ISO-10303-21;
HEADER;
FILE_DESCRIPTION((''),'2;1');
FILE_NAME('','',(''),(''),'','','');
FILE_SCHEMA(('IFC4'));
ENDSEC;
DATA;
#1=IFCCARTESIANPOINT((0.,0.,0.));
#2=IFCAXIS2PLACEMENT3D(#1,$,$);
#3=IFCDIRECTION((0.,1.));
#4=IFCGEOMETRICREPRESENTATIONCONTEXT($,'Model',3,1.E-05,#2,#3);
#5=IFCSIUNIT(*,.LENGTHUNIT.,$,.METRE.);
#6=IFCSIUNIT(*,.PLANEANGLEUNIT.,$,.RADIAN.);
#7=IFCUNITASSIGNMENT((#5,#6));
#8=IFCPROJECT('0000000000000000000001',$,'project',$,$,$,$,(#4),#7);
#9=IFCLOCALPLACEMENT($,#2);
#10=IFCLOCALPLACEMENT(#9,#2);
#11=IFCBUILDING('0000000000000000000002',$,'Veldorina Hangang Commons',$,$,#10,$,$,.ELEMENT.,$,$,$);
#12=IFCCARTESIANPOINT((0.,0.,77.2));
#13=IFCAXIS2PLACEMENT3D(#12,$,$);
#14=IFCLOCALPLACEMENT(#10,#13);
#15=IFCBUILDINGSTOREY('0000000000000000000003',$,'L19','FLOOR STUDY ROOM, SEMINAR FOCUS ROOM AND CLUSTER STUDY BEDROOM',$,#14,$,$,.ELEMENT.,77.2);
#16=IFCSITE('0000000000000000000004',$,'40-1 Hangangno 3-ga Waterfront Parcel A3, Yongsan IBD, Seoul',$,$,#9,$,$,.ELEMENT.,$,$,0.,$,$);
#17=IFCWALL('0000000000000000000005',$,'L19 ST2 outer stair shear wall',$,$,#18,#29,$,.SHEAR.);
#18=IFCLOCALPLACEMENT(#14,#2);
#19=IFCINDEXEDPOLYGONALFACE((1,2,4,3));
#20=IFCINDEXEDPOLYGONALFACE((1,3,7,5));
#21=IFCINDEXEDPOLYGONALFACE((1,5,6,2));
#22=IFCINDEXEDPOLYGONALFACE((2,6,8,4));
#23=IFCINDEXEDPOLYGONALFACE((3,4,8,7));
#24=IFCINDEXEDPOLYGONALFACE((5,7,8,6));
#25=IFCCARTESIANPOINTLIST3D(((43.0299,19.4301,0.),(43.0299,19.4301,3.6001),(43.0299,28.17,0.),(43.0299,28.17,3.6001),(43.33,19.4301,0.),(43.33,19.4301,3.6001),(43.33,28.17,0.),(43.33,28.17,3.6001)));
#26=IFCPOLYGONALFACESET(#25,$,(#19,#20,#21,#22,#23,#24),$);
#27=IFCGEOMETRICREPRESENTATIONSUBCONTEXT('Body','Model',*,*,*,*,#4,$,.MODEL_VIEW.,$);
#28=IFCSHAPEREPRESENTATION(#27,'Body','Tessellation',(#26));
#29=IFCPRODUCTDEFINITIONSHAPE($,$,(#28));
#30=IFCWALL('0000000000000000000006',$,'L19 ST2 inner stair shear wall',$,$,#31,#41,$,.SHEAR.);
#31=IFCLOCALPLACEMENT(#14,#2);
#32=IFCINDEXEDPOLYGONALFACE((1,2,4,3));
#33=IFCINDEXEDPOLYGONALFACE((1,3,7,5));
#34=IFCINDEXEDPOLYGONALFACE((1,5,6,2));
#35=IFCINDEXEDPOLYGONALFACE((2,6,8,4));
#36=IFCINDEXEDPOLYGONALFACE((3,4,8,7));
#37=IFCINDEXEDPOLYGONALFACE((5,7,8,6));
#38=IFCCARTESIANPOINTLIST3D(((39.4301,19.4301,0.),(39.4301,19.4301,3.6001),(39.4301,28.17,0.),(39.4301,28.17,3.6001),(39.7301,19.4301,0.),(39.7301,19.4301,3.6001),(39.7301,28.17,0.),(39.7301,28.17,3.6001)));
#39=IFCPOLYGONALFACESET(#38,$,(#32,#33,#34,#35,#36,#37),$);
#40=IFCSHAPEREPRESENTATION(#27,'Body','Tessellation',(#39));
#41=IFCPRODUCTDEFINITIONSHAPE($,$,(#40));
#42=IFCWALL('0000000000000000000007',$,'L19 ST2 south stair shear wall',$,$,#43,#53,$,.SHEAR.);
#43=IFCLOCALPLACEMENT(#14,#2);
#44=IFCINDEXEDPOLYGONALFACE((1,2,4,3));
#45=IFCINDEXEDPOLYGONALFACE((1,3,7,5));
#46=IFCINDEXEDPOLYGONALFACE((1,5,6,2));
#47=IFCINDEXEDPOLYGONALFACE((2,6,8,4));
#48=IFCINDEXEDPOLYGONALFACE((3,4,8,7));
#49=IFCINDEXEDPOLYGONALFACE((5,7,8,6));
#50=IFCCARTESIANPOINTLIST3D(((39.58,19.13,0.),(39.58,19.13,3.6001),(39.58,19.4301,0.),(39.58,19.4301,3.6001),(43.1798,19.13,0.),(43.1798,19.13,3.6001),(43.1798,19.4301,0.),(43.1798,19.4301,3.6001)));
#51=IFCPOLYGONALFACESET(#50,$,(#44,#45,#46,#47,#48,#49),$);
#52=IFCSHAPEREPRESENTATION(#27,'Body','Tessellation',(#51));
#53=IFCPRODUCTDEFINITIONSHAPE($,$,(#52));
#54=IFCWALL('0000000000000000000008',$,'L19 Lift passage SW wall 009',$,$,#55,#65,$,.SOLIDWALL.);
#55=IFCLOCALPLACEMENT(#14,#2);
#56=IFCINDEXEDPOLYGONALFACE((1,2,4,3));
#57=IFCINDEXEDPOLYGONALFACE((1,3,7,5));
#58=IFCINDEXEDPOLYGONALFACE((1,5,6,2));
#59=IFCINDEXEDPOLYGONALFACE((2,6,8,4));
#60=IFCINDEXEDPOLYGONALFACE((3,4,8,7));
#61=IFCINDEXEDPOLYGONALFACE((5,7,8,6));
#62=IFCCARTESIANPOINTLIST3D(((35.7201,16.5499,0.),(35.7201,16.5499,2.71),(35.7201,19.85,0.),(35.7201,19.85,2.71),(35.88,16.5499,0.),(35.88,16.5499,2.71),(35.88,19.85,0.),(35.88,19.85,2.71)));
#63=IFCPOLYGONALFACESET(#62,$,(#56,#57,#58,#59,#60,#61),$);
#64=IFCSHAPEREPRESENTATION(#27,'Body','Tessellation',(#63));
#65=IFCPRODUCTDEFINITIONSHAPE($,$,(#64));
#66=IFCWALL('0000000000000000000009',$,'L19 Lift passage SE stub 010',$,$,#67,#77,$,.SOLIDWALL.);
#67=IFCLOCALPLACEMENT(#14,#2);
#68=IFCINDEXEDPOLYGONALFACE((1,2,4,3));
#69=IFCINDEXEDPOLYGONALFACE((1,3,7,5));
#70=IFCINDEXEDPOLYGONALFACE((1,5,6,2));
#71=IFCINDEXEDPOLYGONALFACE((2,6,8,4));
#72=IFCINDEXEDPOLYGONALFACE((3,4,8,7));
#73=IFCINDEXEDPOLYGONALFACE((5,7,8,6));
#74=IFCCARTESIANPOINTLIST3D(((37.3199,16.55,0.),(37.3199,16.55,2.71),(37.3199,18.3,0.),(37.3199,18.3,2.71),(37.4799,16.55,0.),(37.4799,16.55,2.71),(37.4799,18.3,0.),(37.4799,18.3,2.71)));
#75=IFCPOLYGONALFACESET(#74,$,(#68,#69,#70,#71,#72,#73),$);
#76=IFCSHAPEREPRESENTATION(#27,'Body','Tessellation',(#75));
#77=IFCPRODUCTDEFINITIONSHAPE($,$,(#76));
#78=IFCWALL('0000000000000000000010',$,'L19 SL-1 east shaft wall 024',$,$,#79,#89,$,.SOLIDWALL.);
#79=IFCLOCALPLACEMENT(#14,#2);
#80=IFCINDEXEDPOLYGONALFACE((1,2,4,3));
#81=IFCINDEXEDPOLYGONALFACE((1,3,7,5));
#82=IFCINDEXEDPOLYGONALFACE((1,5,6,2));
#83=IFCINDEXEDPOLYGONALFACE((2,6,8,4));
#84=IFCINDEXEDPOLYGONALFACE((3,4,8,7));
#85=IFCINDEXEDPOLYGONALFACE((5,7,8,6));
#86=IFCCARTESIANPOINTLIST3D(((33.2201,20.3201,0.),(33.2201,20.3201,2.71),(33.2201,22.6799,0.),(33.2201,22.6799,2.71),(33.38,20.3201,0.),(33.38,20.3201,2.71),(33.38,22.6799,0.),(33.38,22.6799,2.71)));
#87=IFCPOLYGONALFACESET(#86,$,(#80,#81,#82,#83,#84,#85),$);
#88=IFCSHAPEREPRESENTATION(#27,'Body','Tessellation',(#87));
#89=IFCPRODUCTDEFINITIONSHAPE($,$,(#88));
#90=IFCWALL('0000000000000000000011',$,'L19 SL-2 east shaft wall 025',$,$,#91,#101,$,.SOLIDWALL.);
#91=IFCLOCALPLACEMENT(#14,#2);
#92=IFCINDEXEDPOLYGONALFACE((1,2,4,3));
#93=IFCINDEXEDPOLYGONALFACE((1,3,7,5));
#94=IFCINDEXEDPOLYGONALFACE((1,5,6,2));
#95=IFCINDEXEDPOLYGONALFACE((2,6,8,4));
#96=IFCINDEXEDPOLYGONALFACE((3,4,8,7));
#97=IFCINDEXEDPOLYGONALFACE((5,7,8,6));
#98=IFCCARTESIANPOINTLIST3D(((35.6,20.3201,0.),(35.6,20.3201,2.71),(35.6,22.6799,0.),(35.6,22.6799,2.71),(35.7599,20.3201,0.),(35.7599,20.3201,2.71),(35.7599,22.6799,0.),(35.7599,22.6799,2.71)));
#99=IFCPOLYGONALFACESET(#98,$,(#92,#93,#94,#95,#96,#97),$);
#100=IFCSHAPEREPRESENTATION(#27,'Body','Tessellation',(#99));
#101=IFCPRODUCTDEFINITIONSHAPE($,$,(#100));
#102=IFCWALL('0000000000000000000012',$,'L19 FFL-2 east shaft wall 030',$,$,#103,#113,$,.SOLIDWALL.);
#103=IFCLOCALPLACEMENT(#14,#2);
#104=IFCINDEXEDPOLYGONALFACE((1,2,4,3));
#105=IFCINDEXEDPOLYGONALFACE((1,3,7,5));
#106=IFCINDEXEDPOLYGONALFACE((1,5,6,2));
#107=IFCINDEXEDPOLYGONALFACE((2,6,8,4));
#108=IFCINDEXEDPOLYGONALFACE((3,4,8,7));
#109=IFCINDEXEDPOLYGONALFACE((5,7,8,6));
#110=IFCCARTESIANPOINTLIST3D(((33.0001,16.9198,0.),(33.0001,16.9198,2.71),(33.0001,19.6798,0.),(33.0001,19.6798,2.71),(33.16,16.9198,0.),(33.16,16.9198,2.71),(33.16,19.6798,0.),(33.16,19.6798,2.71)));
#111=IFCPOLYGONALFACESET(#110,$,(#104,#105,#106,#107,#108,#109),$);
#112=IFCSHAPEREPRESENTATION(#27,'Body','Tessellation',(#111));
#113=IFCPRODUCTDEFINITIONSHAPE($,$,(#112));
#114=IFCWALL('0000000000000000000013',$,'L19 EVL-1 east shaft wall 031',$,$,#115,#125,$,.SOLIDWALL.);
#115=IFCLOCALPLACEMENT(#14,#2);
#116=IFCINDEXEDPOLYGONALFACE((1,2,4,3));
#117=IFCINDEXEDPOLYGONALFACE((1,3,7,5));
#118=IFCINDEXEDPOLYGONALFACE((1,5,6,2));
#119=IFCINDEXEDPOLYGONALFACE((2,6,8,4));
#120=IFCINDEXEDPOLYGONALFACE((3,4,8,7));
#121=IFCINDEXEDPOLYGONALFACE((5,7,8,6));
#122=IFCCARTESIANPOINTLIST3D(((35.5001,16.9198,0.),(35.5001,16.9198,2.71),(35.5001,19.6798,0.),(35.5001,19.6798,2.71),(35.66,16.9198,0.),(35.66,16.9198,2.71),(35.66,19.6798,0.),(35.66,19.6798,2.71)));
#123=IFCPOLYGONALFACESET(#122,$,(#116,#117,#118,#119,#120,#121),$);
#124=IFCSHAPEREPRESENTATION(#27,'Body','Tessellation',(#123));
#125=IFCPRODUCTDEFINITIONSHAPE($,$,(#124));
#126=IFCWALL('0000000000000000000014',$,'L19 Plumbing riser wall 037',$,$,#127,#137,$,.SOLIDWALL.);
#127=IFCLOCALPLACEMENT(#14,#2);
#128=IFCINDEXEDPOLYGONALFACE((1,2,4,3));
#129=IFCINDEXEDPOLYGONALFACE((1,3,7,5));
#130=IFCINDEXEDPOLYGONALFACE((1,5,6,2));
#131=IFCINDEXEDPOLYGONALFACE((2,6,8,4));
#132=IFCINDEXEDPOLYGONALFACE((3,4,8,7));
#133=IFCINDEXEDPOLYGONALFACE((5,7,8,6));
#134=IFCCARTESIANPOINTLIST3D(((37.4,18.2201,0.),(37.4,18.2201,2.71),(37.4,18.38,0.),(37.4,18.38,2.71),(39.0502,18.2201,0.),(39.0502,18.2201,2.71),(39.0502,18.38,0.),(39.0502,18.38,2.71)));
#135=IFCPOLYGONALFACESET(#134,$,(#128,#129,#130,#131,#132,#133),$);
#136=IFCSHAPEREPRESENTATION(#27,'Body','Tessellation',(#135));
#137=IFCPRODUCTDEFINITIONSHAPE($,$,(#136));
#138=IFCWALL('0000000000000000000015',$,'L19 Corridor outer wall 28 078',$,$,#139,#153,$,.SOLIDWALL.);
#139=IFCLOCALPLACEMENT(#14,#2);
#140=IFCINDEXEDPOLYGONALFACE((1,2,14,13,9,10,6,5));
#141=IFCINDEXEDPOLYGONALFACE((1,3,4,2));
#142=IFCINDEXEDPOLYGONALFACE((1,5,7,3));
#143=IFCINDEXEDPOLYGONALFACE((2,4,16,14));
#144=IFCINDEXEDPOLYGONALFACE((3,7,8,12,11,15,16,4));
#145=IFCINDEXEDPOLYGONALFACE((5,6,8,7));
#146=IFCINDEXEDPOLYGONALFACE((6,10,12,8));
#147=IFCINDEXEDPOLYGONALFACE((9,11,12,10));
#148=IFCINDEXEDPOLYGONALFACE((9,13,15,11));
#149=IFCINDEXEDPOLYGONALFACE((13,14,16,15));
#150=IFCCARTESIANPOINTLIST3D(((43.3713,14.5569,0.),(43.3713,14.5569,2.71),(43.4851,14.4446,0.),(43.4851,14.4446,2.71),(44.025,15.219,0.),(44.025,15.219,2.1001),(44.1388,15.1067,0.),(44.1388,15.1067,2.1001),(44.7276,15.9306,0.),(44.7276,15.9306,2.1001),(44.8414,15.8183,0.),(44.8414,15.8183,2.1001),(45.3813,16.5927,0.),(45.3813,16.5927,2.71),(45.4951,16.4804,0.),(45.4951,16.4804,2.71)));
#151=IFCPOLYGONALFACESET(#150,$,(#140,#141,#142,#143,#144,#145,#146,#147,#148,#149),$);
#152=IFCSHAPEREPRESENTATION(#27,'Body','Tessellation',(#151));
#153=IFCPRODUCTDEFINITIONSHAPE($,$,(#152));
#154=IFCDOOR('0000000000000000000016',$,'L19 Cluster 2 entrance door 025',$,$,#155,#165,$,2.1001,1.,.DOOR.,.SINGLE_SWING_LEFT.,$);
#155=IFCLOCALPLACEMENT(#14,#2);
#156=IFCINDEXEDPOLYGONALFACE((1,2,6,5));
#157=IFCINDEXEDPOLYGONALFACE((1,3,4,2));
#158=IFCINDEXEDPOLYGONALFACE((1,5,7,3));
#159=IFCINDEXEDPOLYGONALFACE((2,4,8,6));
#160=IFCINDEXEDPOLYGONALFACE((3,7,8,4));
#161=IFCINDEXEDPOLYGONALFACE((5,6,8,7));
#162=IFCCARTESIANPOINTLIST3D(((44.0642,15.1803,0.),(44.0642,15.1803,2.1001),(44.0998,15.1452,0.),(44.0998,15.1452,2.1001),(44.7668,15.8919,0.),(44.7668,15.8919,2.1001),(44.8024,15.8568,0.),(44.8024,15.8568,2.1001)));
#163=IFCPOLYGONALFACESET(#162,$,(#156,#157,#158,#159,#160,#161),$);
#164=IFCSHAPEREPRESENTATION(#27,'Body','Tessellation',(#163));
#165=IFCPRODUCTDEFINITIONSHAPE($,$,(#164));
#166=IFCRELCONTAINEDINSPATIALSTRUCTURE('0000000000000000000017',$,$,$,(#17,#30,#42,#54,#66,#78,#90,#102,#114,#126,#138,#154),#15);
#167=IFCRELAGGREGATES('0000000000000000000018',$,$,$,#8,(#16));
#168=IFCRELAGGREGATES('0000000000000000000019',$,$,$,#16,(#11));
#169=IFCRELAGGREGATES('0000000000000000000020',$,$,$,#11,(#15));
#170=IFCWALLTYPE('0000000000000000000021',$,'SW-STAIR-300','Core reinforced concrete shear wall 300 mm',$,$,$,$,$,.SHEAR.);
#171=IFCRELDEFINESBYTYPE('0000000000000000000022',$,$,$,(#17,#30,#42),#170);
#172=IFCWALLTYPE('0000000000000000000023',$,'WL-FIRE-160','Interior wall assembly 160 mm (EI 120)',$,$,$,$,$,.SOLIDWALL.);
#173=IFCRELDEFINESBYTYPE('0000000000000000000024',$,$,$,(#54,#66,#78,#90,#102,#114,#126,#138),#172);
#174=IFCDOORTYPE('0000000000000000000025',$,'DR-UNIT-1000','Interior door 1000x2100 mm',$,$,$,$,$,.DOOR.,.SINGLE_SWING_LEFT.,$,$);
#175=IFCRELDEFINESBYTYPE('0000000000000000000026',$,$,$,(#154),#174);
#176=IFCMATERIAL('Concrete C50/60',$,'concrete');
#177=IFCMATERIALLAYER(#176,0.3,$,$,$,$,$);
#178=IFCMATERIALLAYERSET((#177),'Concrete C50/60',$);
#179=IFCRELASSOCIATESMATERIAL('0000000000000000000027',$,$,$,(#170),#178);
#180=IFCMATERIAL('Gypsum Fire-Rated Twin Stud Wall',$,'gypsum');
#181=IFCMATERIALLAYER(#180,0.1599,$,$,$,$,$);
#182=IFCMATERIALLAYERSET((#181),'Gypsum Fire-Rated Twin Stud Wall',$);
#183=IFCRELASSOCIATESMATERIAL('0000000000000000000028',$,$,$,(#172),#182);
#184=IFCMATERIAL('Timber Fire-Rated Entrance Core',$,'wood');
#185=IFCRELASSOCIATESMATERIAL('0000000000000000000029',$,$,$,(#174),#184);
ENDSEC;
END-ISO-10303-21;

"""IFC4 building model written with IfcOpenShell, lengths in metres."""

from ifc_helpers import new_model, si_unit, direction, frame, frame_2d, origin, place, context, subcontext, project, spatial, rectangle, extrude, material, layer, layer_set, type_object, element, fill, save


model = new_model("IFC4")

# Units and contexts
model_context = context("Model", 3, precision=1e-05, world=origin(), true_north=direction((0.0, 1.0)))
body_context = subcontext(model_context, "Body", "Model", "MODEL_VIEW")
ifc_project = project(units=[si_unit("LENGTHUNIT", "METRE"), si_unit("PLANEANGLEUNIT", "RADIAN")], contexts=[model_context])

# Site, building, storey
site_placement = place(None, origin())
site = spatial("IfcSite", under=ifc_project, at=site_placement, Name="40-1 Hangangno 3-ga Waterfront Parcel A3, Yongsan IBD, Seoul", CompositionType="ELEMENT", RefElevation=0.0)
building_placement = place(site_placement, origin())
building = spatial("IfcBuilding", under=site, at=building_placement, Name="Veldorina Hangang Commons", CompositionType="ELEMENT")
storey_placement = place(building_placement, frame((0.0, 0.0, 77.2)))
storey = spatial("IfcBuildingStorey", under=building, at=storey_placement, Name="L19", Description="FLOOR STUDY ROOM, SEMINAR FOCUS ROOM AND CLUSTER STUDY BEDROOM", CompositionType="ELEMENT", Elevation=77.2)

# Walls
ifc_material_1 = material(Name="Concrete C50/60", Category="concrete")
ifc_layer_1 = layer(ifc_material_1, 0.3)
ifc_layer_set_1 = layer_set([ifc_layer_1], Name="Concrete C50/60")
wall_type_1 = type_object("IfcWallType", Name="SW-STAIR-300", Description="Core reinforced concrete shear wall 300 mm", PredefinedType="SHEAR", material=ifc_layer_set_1)
for number, where, z_axis, x_axis, name in (
    (1, (43.1799, 19.4299, 0.0), (0.0, 0.0, 1.0), (0.0, 1.0, 0.0), "L19 ST2 outer stair shear wall"),
    (2, (39.5801, 19.4299, 0.0), (0.0, 0.0, 1.0), (0.0, 1.0, 0.0), "L19 ST2 inner stair shear wall"),
):
    element("IfcWall", number, at=place(storey_placement, frame(where, z_axis=z_axis, x_axis=x_axis)), inside=storey, type_object=wall_type_1, Name=name, PredefinedType="SHEAR", context=body_context, shape_type="SweptSolid", body=[
        extrude(rectangle(XDim=8.74, YDim=0.3, at=frame_2d((4.3701, 0.0))), origin(), (0.0, 0.0, 1.0), 3.6001),
    ])
wall_1_placement = place(storey_placement, frame((39.5801, 19.28, 0.0), z_axis=(0.0, 0.0, 1.0), x_axis=(1.0, 0.0, 0.0)))
element("IfcWall", 3, at=wall_1_placement, inside=storey, type_object=wall_type_1, Name="L19 ST2 south stair shear wall", PredefinedType="SHEAR", context=body_context, shape_type="SweptSolid", body=[
    extrude(rectangle(XDim=3.5999, YDim=0.3, at=frame_2d((1.7998, 0.0))), origin(), (0.0, 0.0, 1.0), 3.6001),
])
ifc_material_2 = material(Name="Gypsum Fire-Rated Twin Stud Wall", Category="gypsum")
ifc_layer_2 = layer(ifc_material_2, 0.1599)
ifc_layer_set_2 = layer_set([ifc_layer_2], Name="Gypsum Fire-Rated Twin Stud Wall")
wall_type_2 = type_object("IfcWallType", Name="WL-FIRE-160", Description="Interior wall assembly 160 mm (EI 120)", PredefinedType="SOLIDWALL", material=ifc_layer_set_2)
wall_2_placement = place(storey_placement, frame((35.8, 16.55, 0.0), z_axis=(0.0, 0.0, 1.0), x_axis=(0.0, 1.0, 0.0)))
element("IfcWall", 4, at=wall_2_placement, inside=storey, type_object=wall_type_2, Name="L19 Lift passage SW wall 009", PredefinedType="SOLIDWALL", context=body_context, shape_type="SweptSolid", body=[
    extrude(rectangle(XDim=3.3, YDim=0.1599, at=frame_2d((1.6499, 0.0))), origin(), (0.0, 0.0, 1.0), 2.71),
])
wall_3_placement = place(storey_placement, frame((37.3999, 16.55, 0.0), z_axis=(0.0, 0.0, 1.0), x_axis=(0.0, 1.0, 0.0)))
element("IfcWall", 5, at=wall_3_placement, inside=storey, type_object=wall_type_2, Name="L19 Lift passage SE stub 010", PredefinedType="SOLIDWALL", context=body_context, shape_type="SweptSolid", body=[
    extrude(rectangle(XDim=1.75, YDim=0.1599, at=frame_2d((0.875, 0.0))), origin(), (0.0, 0.0, 1.0), 2.71),
])
for number, where, z_axis, x_axis, name in (
    (6, (33.3, 20.3201, 0.0), (0.0, 0.0, 1.0), (0.0, 1.0, 0.0), "L19 SL-1 east shaft wall 024"),
    (7, (35.6799, 20.3201, 0.0), (0.0, 0.0, 1.0), (0.0, 1.0, 0.0), "L19 SL-2 east shaft wall 025"),
):
    element("IfcWall", number, at=place(storey_placement, frame(where, z_axis=z_axis, x_axis=x_axis)), inside=storey, type_object=wall_type_2, Name=name, PredefinedType="SOLIDWALL", context=body_context, shape_type="SweptSolid", body=[
        extrude(rectangle(XDim=2.3599, YDim=0.1599, at=frame_2d((1.1799, 0.0))), origin(), (0.0, 0.0, 1.0), 2.71),
    ])
for number, where, z_axis, x_axis, name in (
    (8, (33.0801, 16.9199, 0.0), (0.0, 0.0, 1.0), (0.0, 1.0, 0.0), "L19 FFL-2 east shaft wall 030"),
    (9, (35.5801, 16.9199, 0.0), (0.0, 0.0, 1.0), (0.0, 1.0, 0.0), "L19 EVL-1 east shaft wall 031"),
):
    element("IfcWall", number, at=place(storey_placement, frame(where, z_axis=z_axis, x_axis=x_axis)), inside=storey, type_object=wall_type_2, Name=name, PredefinedType="SOLIDWALL", context=body_context, shape_type="SweptSolid", body=[
        extrude(rectangle(XDim=2.76, YDim=0.1599, at=frame_2d((1.3799, 0.0))), origin(), (0.0, 0.0, 1.0), 2.71),
    ])
wall_4_placement = place(storey_placement, frame((37.3999, 18.3, 0.0), z_axis=(0.0, 0.0, 1.0), x_axis=(1.0, 0.0, 0.0)))
element("IfcWall", 10, at=wall_4_placement, inside=storey, type_object=wall_type_2, Name="L19 Plumbing riser wall 037", PredefinedType="SOLIDWALL", context=body_context, shape_type="SweptSolid", body=[
    extrude(rectangle(XDim=1.6501, YDim=0.1599, at=frame_2d((0.8252, 0.0))), origin(), (0.0, 0.0, 1.0), 2.71),
])

# Wall, opening, door
wall_5_placement = place(storey_placement, frame((43.4282, 14.5007, 0.0), z_axis=(0.0, 0.0, 1.0), x_axis=(0.70257, 0.711615, 0.0)))
wall_5 = element("IfcWall", 11, at=wall_5_placement, inside=storey, type_object=wall_type_2, Name="L19 Corridor outer wall 28 078", PredefinedType="SOLIDWALL", context=body_context, shape_type="SweptSolid", body=[
    extrude(rectangle(XDim=2.8608, YDim=0.1599, at=frame_2d((1.4304, 0.0))), origin(), (0.0, 0.0, 1.0), 2.71),
])
opening_1_placement = place(wall_5_placement, frame((0.9304, 0.0, 0.0)))
opening_1 = element("IfcOpeningElement", 12, at=opening_1_placement, cuts=wall_5, PredefinedType="OPENING", context=body_context, shape_type="SweptSolid", body=[
    extrude(rectangle(XDim=1.0, YDim=2.1001, at=frame_2d((0.5, 1.05))), frame((0.0, 0.0898, 0.0), z_axis=(0.0, -1.0, 0.0), x_axis=(1.0, 0.0, 0.0)), (0.0, 0.0, 1.0), 0.1799),
])
ifc_material_3 = material(Name="Timber Fire-Rated Entrance Core", Category="wood")
door_type_1 = type_object("IfcDoorType", Name="DR-UNIT-1000", Description="Interior door 1000x2100 mm", OperationType="SINGLE_SWING_LEFT", PredefinedType="DOOR", material=ifc_material_3)
door_1_placement = place(opening_1_placement, origin())
door_1 = element("IfcDoor", 13, at=door_1_placement, inside=storey, type_object=door_type_1, Name="L19 Cluster 2 entrance door 025", OperationType="SINGLE_SWING_LEFT", OverallHeight=2.1001, OverallWidth=1.0, PredefinedType="DOOR", context=body_context, shape_type="SweptSolid", body=[
    extrude(rectangle(XDim=1.0, YDim=2.1001, at=frame_2d((0.5, 1.05))), frame((0.0, 0.0249, 0.0), z_axis=(0.0, -1.0, 0.0), x_axis=(1.0, 0.0, 0.0)), (0.0, 0.0, 1.0), 0.05),
])
fill(opening_1, door_1)

save(model, "model.ifc")
